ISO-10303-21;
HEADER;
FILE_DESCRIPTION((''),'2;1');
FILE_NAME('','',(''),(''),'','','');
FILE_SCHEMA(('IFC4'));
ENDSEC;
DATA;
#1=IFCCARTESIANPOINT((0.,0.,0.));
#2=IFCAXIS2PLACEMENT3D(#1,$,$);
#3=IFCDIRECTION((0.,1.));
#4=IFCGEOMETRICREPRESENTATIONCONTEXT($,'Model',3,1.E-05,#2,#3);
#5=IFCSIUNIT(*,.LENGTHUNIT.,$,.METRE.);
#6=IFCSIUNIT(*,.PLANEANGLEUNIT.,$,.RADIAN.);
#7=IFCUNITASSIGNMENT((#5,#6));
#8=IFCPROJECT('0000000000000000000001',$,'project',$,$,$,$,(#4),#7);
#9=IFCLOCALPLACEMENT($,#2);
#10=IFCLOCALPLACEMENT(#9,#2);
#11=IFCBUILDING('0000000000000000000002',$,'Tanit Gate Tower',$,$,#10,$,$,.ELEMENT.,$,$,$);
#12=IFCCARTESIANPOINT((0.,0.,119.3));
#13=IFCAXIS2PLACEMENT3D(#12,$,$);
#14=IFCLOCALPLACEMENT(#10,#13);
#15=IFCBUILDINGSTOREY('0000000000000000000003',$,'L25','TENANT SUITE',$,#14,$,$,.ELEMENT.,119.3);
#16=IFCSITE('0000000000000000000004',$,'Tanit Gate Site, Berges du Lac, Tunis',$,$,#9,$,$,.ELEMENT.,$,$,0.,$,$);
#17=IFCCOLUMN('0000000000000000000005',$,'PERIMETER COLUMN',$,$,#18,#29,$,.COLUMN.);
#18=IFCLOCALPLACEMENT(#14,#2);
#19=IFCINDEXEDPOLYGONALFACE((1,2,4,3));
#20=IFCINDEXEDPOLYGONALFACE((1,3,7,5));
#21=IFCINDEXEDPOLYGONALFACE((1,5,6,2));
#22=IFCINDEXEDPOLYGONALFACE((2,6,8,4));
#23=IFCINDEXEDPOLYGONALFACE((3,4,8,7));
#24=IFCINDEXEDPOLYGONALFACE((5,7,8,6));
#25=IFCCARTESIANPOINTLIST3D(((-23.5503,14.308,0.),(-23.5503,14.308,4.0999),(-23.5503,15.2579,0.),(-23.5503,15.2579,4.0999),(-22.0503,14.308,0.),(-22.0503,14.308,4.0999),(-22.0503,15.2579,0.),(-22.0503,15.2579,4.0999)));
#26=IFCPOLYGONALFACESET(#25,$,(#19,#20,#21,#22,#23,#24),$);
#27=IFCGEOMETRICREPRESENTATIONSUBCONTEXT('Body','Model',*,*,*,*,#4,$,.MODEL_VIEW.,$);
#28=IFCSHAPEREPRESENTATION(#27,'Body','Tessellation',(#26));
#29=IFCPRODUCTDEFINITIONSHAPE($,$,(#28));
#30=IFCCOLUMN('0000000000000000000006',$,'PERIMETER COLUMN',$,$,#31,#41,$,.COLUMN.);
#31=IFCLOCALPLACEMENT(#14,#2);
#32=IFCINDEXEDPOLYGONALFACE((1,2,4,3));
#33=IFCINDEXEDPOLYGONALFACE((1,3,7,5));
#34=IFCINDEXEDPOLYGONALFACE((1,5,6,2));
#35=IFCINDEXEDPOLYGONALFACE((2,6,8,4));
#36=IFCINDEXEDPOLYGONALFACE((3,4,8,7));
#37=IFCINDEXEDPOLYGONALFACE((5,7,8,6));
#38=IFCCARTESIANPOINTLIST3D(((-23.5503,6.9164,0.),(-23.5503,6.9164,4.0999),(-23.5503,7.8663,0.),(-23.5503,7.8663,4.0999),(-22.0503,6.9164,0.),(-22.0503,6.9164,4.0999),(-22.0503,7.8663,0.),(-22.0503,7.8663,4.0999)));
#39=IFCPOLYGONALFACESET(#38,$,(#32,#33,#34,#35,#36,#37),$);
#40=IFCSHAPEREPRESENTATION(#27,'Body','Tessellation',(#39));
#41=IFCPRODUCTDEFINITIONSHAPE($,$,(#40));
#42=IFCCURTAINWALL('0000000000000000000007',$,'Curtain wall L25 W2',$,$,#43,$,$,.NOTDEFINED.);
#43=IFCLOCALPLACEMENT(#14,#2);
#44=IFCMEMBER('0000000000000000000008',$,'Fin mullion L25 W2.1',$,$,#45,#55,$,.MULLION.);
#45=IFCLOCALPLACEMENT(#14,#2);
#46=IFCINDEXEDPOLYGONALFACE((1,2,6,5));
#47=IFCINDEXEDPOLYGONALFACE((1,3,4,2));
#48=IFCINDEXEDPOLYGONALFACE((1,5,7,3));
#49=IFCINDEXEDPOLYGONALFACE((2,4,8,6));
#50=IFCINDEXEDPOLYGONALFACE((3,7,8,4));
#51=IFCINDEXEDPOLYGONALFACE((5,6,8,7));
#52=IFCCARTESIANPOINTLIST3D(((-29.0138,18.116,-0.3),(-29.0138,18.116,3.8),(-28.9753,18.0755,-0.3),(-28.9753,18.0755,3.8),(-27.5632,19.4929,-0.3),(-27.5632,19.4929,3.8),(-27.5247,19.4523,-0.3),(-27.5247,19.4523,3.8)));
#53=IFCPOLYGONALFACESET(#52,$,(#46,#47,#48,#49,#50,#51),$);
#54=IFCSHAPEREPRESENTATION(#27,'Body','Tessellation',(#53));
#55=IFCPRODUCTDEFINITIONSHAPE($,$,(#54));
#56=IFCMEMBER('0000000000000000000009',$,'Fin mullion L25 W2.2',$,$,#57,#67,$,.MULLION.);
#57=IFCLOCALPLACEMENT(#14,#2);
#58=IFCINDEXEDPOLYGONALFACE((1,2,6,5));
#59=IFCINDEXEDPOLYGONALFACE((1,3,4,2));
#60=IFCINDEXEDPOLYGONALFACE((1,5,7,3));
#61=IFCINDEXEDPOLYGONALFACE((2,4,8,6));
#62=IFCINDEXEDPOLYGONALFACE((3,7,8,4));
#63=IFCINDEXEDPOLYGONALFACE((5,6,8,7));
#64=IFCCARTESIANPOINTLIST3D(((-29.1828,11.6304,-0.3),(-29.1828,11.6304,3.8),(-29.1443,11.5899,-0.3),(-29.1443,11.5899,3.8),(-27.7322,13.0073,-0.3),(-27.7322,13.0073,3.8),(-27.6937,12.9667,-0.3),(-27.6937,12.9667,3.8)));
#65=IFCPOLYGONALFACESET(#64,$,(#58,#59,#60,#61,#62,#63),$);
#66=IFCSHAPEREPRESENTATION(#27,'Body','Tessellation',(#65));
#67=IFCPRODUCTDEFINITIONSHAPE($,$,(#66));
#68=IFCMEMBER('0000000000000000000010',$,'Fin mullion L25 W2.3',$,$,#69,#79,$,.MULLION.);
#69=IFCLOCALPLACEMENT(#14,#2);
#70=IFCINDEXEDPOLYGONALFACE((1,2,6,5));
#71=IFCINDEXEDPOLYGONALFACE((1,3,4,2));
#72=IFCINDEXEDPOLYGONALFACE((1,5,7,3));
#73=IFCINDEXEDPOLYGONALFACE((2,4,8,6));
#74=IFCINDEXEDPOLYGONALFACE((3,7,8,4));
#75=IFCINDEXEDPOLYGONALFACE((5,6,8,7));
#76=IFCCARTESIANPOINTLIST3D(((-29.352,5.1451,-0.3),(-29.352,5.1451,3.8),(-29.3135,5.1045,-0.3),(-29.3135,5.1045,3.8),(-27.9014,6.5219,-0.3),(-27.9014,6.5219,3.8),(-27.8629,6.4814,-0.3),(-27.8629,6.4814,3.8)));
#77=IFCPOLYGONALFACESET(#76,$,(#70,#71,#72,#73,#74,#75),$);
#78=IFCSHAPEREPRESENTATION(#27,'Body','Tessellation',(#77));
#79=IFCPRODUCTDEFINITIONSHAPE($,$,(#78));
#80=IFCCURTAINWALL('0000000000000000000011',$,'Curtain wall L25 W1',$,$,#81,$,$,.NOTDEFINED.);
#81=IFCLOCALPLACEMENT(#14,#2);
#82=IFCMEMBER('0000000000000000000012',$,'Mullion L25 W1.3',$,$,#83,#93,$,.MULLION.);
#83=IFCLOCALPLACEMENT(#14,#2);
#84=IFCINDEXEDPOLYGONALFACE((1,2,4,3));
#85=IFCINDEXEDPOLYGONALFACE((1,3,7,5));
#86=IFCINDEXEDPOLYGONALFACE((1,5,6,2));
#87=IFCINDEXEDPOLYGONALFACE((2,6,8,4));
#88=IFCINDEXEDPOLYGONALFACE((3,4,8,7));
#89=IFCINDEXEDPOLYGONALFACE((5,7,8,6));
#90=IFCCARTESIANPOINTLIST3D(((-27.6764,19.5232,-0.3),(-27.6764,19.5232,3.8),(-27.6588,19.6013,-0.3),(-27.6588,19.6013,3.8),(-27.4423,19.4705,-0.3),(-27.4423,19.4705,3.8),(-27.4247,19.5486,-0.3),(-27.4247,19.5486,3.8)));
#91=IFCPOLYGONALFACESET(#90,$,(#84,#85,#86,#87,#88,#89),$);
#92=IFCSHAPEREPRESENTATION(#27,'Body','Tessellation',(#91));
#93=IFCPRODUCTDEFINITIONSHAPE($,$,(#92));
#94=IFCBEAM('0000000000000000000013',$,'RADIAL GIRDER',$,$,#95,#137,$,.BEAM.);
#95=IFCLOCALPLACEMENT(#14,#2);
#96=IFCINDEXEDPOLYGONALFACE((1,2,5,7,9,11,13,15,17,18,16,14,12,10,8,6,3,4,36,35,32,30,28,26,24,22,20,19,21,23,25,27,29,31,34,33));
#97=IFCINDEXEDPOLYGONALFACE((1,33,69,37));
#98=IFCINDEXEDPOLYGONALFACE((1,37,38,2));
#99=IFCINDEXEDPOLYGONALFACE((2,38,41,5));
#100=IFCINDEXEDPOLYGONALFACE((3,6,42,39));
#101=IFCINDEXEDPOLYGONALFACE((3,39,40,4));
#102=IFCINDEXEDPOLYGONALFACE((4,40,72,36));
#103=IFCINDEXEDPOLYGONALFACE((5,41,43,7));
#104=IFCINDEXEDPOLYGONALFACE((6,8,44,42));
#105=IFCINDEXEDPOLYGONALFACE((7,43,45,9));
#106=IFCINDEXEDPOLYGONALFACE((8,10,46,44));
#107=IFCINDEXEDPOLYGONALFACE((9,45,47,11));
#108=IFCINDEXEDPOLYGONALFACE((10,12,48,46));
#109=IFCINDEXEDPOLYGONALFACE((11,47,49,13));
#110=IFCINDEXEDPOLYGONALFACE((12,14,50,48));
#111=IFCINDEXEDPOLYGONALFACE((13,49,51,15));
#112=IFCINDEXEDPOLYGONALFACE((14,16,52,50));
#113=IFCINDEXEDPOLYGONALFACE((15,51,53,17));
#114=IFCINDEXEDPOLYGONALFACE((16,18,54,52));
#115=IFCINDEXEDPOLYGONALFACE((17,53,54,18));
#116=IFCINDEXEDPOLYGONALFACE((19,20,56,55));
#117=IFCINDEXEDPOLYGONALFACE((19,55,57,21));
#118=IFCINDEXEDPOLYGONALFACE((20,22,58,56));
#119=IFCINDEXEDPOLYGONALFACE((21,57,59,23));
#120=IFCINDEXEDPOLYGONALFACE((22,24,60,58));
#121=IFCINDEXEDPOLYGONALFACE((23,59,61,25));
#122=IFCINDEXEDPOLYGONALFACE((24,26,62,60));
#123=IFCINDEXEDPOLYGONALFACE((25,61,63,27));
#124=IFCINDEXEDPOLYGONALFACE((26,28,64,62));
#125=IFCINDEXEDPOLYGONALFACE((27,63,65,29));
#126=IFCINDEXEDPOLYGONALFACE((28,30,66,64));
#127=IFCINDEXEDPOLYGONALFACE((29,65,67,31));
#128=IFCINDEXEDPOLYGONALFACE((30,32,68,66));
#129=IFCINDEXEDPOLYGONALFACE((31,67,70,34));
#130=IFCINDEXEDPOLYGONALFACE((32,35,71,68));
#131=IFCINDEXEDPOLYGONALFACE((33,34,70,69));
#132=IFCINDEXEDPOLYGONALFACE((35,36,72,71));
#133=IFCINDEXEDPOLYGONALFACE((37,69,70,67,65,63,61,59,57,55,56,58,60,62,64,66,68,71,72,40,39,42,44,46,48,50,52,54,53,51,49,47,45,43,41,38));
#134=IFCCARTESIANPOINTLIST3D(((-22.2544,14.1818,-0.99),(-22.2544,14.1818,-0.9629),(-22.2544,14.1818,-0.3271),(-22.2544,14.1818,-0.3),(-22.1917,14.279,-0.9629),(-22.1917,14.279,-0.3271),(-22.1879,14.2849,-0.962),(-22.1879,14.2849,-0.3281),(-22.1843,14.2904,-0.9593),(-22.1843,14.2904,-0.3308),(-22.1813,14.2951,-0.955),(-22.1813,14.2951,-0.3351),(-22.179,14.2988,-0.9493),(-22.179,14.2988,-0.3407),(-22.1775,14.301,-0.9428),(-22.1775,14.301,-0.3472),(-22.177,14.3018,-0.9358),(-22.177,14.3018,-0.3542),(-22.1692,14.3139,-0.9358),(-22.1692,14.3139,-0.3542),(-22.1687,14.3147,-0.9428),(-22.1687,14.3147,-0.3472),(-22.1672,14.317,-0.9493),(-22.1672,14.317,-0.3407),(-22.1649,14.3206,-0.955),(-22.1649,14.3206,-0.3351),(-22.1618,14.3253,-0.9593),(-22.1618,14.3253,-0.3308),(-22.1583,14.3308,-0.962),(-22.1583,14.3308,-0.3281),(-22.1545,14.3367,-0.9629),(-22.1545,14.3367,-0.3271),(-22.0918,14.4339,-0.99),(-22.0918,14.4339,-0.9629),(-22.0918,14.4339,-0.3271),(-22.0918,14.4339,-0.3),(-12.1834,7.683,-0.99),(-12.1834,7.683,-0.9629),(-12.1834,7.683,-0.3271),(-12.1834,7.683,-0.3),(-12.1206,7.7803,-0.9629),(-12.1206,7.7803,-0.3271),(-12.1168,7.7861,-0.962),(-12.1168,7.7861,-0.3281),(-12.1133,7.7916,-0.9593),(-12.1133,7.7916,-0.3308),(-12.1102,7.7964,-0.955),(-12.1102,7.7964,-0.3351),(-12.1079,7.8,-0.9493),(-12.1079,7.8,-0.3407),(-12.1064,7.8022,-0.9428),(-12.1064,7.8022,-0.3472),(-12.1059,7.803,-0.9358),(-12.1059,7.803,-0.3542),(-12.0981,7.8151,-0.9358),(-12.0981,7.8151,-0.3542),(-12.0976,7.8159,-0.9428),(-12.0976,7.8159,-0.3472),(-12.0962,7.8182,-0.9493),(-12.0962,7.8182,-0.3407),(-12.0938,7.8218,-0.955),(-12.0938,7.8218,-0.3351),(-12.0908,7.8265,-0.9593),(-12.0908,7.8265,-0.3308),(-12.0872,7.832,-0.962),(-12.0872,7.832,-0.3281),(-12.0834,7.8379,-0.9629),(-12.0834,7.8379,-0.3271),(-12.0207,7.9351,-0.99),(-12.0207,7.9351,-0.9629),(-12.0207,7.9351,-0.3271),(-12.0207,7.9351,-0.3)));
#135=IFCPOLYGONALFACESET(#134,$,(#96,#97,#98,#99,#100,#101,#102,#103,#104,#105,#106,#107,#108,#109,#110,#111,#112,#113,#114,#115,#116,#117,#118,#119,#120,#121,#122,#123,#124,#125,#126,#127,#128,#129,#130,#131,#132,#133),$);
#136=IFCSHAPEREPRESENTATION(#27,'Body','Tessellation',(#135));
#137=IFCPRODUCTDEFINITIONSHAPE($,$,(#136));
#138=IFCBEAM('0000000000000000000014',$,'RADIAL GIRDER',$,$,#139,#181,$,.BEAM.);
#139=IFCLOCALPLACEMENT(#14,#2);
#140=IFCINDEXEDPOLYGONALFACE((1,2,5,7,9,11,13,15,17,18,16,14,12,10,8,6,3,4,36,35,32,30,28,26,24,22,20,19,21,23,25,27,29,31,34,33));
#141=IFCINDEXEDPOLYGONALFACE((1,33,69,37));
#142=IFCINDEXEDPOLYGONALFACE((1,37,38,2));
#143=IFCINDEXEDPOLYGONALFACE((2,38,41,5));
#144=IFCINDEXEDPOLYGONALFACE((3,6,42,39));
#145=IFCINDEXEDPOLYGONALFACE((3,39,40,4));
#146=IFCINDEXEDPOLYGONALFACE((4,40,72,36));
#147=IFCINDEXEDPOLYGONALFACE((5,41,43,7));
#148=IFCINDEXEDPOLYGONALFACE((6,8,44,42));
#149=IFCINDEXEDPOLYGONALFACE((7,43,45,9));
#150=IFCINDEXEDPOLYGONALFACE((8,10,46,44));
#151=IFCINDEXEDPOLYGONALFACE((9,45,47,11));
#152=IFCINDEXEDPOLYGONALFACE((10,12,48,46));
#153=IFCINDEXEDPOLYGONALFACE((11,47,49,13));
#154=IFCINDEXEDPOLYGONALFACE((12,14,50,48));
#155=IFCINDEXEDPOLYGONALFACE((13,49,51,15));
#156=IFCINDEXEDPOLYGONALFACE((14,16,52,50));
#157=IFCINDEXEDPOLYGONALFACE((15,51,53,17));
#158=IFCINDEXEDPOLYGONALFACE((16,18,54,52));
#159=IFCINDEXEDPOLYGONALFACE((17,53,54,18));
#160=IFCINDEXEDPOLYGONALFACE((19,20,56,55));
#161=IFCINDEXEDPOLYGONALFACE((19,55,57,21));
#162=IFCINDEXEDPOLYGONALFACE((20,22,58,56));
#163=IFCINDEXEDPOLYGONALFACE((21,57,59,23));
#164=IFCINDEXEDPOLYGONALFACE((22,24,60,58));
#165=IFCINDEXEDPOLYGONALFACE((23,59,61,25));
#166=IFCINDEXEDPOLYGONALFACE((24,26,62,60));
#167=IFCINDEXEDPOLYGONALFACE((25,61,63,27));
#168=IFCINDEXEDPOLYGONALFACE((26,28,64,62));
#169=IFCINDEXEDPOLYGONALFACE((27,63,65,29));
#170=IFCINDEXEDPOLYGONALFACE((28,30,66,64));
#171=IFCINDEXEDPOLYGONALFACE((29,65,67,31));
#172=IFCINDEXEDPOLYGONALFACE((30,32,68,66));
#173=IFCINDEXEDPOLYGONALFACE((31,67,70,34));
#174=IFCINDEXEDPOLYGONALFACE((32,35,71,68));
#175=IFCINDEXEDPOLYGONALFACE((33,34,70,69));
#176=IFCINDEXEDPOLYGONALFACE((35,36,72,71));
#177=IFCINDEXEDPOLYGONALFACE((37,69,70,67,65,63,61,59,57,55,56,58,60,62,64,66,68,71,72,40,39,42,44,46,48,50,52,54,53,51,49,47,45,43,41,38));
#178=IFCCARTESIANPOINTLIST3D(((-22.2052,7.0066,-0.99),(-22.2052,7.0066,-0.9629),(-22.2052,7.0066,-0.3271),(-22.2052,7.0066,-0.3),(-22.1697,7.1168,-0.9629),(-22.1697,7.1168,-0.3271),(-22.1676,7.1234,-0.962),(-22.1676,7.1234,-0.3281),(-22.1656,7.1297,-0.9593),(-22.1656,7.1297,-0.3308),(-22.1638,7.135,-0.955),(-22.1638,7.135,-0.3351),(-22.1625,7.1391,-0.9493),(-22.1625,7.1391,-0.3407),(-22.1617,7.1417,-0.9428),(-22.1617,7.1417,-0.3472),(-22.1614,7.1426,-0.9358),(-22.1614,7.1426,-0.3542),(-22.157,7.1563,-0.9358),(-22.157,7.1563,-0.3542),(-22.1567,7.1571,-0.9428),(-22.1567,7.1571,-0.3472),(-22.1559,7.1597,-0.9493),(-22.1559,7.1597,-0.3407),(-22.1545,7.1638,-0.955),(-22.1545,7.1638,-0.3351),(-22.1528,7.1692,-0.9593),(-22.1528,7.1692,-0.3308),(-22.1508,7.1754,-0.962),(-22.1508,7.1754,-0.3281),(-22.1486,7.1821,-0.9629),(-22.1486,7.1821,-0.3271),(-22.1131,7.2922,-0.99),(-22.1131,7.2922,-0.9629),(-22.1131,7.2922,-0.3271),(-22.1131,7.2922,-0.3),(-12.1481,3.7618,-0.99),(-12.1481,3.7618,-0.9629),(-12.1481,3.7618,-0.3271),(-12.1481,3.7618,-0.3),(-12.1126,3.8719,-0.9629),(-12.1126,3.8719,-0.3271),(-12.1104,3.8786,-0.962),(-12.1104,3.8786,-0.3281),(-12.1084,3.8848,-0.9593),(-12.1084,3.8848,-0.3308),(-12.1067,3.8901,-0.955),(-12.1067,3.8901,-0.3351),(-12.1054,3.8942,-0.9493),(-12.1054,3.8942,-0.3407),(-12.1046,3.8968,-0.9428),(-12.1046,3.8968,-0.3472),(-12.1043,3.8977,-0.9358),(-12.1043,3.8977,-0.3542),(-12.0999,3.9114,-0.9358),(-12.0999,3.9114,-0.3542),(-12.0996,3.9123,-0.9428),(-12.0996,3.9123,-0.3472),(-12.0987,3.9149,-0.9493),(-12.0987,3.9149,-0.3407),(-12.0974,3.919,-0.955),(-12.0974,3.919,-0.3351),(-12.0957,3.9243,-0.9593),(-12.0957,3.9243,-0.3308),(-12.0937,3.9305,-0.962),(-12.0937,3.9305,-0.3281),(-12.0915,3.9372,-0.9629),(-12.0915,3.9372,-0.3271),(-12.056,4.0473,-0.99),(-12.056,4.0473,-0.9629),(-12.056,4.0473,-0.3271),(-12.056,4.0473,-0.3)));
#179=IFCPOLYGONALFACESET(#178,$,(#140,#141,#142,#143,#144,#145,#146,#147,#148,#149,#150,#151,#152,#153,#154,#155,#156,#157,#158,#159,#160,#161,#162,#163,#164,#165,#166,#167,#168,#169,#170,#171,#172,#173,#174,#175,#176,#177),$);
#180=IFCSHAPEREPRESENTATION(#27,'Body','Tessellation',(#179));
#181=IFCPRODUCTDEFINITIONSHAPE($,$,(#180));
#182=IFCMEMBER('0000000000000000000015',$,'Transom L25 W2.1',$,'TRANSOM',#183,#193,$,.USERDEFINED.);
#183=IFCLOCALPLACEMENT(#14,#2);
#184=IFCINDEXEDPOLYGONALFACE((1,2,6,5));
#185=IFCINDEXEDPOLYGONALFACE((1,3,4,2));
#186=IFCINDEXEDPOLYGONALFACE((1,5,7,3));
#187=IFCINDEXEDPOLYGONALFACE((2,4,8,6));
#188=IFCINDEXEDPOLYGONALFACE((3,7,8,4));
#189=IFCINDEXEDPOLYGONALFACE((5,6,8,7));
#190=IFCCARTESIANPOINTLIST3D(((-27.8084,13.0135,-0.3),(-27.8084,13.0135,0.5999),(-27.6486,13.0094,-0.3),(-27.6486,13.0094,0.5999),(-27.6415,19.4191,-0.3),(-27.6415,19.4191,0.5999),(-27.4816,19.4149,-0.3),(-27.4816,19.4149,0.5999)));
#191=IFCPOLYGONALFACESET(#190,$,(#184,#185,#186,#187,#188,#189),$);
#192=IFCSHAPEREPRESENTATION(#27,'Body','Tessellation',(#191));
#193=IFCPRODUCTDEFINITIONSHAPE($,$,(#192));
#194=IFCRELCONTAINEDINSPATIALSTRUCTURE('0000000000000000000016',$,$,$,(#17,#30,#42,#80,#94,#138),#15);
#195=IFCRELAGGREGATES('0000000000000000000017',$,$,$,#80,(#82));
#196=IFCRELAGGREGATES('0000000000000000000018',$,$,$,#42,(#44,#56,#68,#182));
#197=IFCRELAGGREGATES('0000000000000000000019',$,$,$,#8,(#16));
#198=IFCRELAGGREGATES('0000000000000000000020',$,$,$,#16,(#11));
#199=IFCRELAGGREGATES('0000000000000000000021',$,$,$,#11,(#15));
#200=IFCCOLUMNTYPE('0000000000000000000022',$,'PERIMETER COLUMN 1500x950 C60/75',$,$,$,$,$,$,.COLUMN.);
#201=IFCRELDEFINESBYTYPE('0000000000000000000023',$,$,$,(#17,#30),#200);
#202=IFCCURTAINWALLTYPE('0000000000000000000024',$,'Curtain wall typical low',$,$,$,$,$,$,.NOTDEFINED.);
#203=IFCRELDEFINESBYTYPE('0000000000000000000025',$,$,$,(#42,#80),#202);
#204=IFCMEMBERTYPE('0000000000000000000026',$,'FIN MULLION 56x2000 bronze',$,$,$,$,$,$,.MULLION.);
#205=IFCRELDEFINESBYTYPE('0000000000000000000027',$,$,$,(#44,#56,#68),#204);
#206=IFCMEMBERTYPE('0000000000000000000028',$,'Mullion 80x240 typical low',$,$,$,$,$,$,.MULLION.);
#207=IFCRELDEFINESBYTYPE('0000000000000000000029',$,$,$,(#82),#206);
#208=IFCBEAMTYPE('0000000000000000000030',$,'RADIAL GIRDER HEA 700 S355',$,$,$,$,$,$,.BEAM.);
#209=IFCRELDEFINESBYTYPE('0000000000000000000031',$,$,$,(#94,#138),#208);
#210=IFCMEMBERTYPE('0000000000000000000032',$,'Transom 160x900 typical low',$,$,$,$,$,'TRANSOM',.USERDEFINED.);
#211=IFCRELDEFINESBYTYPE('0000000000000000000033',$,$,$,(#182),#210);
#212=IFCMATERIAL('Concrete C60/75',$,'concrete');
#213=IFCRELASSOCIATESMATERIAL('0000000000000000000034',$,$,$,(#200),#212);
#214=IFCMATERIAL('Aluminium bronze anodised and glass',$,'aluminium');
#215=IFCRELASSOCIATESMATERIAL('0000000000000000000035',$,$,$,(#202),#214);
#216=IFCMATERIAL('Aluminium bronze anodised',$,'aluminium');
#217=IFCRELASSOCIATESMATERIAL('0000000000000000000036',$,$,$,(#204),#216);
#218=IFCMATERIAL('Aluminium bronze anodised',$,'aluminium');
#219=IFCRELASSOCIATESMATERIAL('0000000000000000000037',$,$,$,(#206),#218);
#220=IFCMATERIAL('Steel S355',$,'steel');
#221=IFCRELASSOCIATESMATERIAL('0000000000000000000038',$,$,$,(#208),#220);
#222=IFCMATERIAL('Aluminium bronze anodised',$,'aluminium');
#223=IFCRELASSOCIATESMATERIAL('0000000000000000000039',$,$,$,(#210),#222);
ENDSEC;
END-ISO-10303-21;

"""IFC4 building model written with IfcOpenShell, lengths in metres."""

from ifc_helpers import new_model, si_unit, direction, frame, origin, origin_2d, place, context, subcontext, project, spatial, rectangle, i_section, extrude, material, material_profile, profile_set, type_object, element, aggregate, save


model = new_model("IFC4")

# Units and contexts
model_context = context("Model", 3, precision=1e-05, world=origin(), true_north=direction((0.0, 1.0)))
body_context = subcontext(model_context, "Body", "Model", "MODEL_VIEW")
ifc_project = project(units=[si_unit("LENGTHUNIT", "METRE"), si_unit("PLANEANGLEUNIT", "RADIAN")], contexts=[model_context])

# Site, building, storey
site_placement = place(None, origin())
site = spatial("IfcSite", under=ifc_project, at=site_placement, Name="Tanit Gate Site, Berges du Lac, Tunis", CompositionType="ELEMENT", RefElevation=0.0)
building_placement = place(site_placement, origin())
building = spatial("IfcBuilding", under=site, at=building_placement, Name="Tanit Gate Tower", CompositionType="ELEMENT")
storey_placement = place(building_placement, frame((0.0, 0.0, 119.3)))
storey = spatial("IfcBuildingStorey", under=building, at=storey_placement, Name="L25", Description="TENANT SUITE", CompositionType="ELEMENT", Elevation=119.3)

# Columns
ifc_material_1 = material(Name="Concrete C60/75", Category="concrete")
ifc_material_profile_1 = material_profile(ifc_material_1, rectangle(XDim=1.5, YDim=0.95, at=origin_2d()), Name="RC 1500x950")
ifc_profile_set_1 = profile_set([ifc_material_profile_1], Name="Concrete C60/75")
column_type = type_object("IfcColumnType", Name="PERIMETER COLUMN 1500x950 C60/75", PredefinedType="COLUMN", material=ifc_profile_set_1)
for number, where, z_axis, x_axis, name in (
    (1, (-22.8003, 14.783, 0.0), (0.0, 0.0, 1.0), (-1.0, 0.0, 0.0), "PERIMETER COLUMN"),
    (2, (-22.8003, 7.3914, 0.0), (0.0, 0.0, 1.0), (-1.0, 0.0, 0.0), "PERIMETER COLUMN"),
):
    element("IfcColumn", number, at=place(storey_placement, frame(where, z_axis=z_axis, x_axis=x_axis)), inside=storey, type_object=column_type, Name=name, PredefinedType="COLUMN", context=body_context, shape_type="SweptSolid", body=[
        extrude(rectangle(XDim=1.5, YDim=0.95, at=origin_2d()), origin(), (0.0, 0.0, 1.0), 4.0999),
    ])

# Curtain wall, members
ifc_material_2 = material(Name="Aluminium bronze anodised and glass", Category="aluminium")
curtain_wall_type = type_object("IfcCurtainWallType", Name="Curtain wall typical low", PredefinedType="NOTDEFINED", material=ifc_material_2)
curtain_wall_1_placement = place(storey_placement, origin())
curtain_wall_1 = element("IfcCurtainWall", 3, at=curtain_wall_1_placement, inside=storey, type_object=curtain_wall_type, Name="Curtain wall L25 W2", PredefinedType="NOTDEFINED")
ifc_material_3 = material(Name="Aluminium bronze anodised", Category="aluminium")
ifc_material_profile_2 = material_profile(ifc_material_3, rectangle(XDim=2.0, YDim=0.0559, at=origin_2d()), Name="56x2000 bronze fin mullion")
ifc_profile_set_2 = profile_set([ifc_material_profile_2], Name="Aluminium bronze anodised")
member_type_1 = type_object("IfcMemberType", Name="FIN MULLION 56x2000 bronze", PredefinedType="MULLION", material=ifc_profile_set_2)
member_1_placement = place(storey_placement, frame((-28.2693, 18.7842, -0.3), z_axis=(0.0, 0.0, 1.0), x_axis=(0.725296, 0.688438, 0.0)))
member_1 = element("IfcMember", 4, at=member_1_placement, type_object=member_type_1, Name="Fin mullion L25 W2.1", PredefinedType="MULLION", context=body_context, shape_type="SweptSolid", body=[
    extrude(rectangle(XDim=2.0, YDim=0.0559, at=origin_2d()), origin(), (0.0, 0.0, 1.0), 4.1001),
])
member_2_placement = place(storey_placement, frame((-28.4382, 12.2986, -0.3), z_axis=(0.0, 0.0, 1.0), x_axis=(0.725296, 0.688438, 0.0)))
member_2 = element("IfcMember", 5, at=member_2_placement, type_object=member_type_1, Name="Fin mullion L25 W2.2", PredefinedType="MULLION", context=body_context, shape_type="SweptSolid", body=[
    extrude(rectangle(XDim=2.0, YDim=0.0559, at=origin_2d()), origin(), (0.0, 0.0, 1.0), 4.1001),
])
member_3_placement = place(storey_placement, frame((-28.6074, 5.8132, -0.3), z_axis=(0.0, 0.0, 1.0), x_axis=(0.725296, 0.688438, 0.0)))
member_3 = element("IfcMember", 6, at=member_3_placement, type_object=member_type_1, Name="Fin mullion L25 W2.3", PredefinedType="MULLION", context=body_context, shape_type="SweptSolid", body=[
    extrude(rectangle(XDim=2.0, YDim=0.0559, at=origin_2d()), origin(), (0.0, 0.0, 1.0), 4.1001),
])

# Curtain wall, member
curtain_wall_2_placement = place(storey_placement, origin())
curtain_wall_2 = element("IfcCurtainWall", 7, at=curtain_wall_2_placement, inside=storey, type_object=curtain_wall_type, Name="Curtain wall L25 W1", PredefinedType="NOTDEFINED")
ifc_material_4 = material(Name="Aluminium bronze anodised", Category="aluminium")
ifc_material_profile_3 = material_profile(ifc_material_4, rectangle(XDim=0.24, YDim=0.0801, at=origin_2d()), Name="80x240 bronze mullion")
ifc_profile_set_3 = profile_set([ifc_material_profile_3], Name="Aluminium bronze anodised")
member_type_2 = type_object("IfcMemberType", Name="Mullion 80x240 typical low", PredefinedType="MULLION", material=ifc_profile_set_3)
member_4_placement = place(storey_placement, frame((-27.5505, 19.5359, -0.3), z_axis=(0.0, 0.0, 1.0), x_axis=(0.975577, -0.219657, 0.0)))
member_4 = element("IfcMember", 8, at=member_4_placement, type_object=member_type_2, Name="Mullion L25 W1.3", PredefinedType="MULLION", context=body_context, shape_type="SweptSolid", body=[
    extrude(rectangle(XDim=0.24, YDim=0.0801, at=origin_2d()), origin(), (0.0, 0.0, 1.0), 4.1001),
])
aggregate(curtain_wall_2, [member_4])

# Beams
ifc_material_5 = material(Name="Steel S355", Category="steel")
ifc_material_profile_4 = material_profile(ifc_material_5, i_section(OverallWidth=0.3, OverallDepth=0.6899, WebThickness=0.0144, FlangeThickness=0.0271, FilletRadius=0.0271, at=origin_2d()), Name="HEA 700")
ifc_profile_set_4 = profile_set([ifc_material_profile_4], Name="Steel S355")
beam_type = type_object("IfcBeamType", Name="RADIAL GIRDER HEA 700 S355", PredefinedType="BEAM", material=ifc_profile_set_4)
beam_1_placement = place(storey_placement, frame((-22.1731, 14.3079, -0.645), z_axis=(0.840246, -0.542205, 0.0), x_axis=(0.542205, 0.840246, 0.0)))
element("IfcBeam", 9, at=beam_1_placement, inside=storey, type_object=beam_type, Name="RADIAL GIRDER", PredefinedType="BEAM", context=body_context, shape_type="SweptSolid", body=[
    extrude(i_section(OverallWidth=0.3, OverallDepth=0.6899, WebThickness=0.0144, FlangeThickness=0.0271, FilletRadius=0.0271, at=origin_2d()), origin(), (0.0, 0.0, 1.0), 11.9858),
])
beam_2_placement = place(storey_placement, frame((-22.1592, 7.1494, -0.645), z_axis=(0.951691, -0.307057, 0.0), x_axis=(0.307057, 0.951691, 0.0)))
element("IfcBeam", 10, at=beam_2_placement, inside=storey, type_object=beam_type, Name="RADIAL GIRDER", PredefinedType="BEAM", context=body_context, shape_type="SweptSolid", body=[
    extrude(i_section(OverallWidth=0.3, OverallDepth=0.6899, WebThickness=0.0144, FlangeThickness=0.0271, FilletRadius=0.0271, at=origin_2d()), origin(), (0.0, 0.0, 1.0), 10.5676),
])

# Member
ifc_material_6 = material(Name="Aluminium bronze anodised", Category="aluminium")
ifc_material_profile_5 = material_profile(ifc_material_6, rectangle(XDim=0.1599, YDim=0.8999, at=origin_2d()), Name="160x900 bronze transom")
ifc_profile_set_5 = profile_set([ifc_material_profile_5], Name="Aluminium bronze anodised")
member_type_3 = type_object("IfcMemberType", Name="Transom 160x900 typical low", ElementType="TRANSOM", PredefinedType="USERDEFINED", material=ifc_profile_set_5)
member_5_placement = place(storey_placement, frame((-27.5615, 19.417, 0.1499), z_axis=(-0.026061, -0.99966, 0.0), x_axis=(0.99966, -0.026061, 0.0)))
member_5 = element("IfcMember", 11, at=member_5_placement, type_object=member_type_3, Name="Transom L25 W2.1", ObjectType="TRANSOM", PredefinedType="USERDEFINED", context=body_context, shape_type="SweptSolid", body=[
    extrude(rectangle(XDim=0.1599, YDim=0.8999, at=origin_2d()), origin(), (0.0, 0.0, 1.0), 6.4077),
])

aggregate(curtain_wall_1, [member_1, member_2, member_3, member_5])

save(model, "model.ifc")
